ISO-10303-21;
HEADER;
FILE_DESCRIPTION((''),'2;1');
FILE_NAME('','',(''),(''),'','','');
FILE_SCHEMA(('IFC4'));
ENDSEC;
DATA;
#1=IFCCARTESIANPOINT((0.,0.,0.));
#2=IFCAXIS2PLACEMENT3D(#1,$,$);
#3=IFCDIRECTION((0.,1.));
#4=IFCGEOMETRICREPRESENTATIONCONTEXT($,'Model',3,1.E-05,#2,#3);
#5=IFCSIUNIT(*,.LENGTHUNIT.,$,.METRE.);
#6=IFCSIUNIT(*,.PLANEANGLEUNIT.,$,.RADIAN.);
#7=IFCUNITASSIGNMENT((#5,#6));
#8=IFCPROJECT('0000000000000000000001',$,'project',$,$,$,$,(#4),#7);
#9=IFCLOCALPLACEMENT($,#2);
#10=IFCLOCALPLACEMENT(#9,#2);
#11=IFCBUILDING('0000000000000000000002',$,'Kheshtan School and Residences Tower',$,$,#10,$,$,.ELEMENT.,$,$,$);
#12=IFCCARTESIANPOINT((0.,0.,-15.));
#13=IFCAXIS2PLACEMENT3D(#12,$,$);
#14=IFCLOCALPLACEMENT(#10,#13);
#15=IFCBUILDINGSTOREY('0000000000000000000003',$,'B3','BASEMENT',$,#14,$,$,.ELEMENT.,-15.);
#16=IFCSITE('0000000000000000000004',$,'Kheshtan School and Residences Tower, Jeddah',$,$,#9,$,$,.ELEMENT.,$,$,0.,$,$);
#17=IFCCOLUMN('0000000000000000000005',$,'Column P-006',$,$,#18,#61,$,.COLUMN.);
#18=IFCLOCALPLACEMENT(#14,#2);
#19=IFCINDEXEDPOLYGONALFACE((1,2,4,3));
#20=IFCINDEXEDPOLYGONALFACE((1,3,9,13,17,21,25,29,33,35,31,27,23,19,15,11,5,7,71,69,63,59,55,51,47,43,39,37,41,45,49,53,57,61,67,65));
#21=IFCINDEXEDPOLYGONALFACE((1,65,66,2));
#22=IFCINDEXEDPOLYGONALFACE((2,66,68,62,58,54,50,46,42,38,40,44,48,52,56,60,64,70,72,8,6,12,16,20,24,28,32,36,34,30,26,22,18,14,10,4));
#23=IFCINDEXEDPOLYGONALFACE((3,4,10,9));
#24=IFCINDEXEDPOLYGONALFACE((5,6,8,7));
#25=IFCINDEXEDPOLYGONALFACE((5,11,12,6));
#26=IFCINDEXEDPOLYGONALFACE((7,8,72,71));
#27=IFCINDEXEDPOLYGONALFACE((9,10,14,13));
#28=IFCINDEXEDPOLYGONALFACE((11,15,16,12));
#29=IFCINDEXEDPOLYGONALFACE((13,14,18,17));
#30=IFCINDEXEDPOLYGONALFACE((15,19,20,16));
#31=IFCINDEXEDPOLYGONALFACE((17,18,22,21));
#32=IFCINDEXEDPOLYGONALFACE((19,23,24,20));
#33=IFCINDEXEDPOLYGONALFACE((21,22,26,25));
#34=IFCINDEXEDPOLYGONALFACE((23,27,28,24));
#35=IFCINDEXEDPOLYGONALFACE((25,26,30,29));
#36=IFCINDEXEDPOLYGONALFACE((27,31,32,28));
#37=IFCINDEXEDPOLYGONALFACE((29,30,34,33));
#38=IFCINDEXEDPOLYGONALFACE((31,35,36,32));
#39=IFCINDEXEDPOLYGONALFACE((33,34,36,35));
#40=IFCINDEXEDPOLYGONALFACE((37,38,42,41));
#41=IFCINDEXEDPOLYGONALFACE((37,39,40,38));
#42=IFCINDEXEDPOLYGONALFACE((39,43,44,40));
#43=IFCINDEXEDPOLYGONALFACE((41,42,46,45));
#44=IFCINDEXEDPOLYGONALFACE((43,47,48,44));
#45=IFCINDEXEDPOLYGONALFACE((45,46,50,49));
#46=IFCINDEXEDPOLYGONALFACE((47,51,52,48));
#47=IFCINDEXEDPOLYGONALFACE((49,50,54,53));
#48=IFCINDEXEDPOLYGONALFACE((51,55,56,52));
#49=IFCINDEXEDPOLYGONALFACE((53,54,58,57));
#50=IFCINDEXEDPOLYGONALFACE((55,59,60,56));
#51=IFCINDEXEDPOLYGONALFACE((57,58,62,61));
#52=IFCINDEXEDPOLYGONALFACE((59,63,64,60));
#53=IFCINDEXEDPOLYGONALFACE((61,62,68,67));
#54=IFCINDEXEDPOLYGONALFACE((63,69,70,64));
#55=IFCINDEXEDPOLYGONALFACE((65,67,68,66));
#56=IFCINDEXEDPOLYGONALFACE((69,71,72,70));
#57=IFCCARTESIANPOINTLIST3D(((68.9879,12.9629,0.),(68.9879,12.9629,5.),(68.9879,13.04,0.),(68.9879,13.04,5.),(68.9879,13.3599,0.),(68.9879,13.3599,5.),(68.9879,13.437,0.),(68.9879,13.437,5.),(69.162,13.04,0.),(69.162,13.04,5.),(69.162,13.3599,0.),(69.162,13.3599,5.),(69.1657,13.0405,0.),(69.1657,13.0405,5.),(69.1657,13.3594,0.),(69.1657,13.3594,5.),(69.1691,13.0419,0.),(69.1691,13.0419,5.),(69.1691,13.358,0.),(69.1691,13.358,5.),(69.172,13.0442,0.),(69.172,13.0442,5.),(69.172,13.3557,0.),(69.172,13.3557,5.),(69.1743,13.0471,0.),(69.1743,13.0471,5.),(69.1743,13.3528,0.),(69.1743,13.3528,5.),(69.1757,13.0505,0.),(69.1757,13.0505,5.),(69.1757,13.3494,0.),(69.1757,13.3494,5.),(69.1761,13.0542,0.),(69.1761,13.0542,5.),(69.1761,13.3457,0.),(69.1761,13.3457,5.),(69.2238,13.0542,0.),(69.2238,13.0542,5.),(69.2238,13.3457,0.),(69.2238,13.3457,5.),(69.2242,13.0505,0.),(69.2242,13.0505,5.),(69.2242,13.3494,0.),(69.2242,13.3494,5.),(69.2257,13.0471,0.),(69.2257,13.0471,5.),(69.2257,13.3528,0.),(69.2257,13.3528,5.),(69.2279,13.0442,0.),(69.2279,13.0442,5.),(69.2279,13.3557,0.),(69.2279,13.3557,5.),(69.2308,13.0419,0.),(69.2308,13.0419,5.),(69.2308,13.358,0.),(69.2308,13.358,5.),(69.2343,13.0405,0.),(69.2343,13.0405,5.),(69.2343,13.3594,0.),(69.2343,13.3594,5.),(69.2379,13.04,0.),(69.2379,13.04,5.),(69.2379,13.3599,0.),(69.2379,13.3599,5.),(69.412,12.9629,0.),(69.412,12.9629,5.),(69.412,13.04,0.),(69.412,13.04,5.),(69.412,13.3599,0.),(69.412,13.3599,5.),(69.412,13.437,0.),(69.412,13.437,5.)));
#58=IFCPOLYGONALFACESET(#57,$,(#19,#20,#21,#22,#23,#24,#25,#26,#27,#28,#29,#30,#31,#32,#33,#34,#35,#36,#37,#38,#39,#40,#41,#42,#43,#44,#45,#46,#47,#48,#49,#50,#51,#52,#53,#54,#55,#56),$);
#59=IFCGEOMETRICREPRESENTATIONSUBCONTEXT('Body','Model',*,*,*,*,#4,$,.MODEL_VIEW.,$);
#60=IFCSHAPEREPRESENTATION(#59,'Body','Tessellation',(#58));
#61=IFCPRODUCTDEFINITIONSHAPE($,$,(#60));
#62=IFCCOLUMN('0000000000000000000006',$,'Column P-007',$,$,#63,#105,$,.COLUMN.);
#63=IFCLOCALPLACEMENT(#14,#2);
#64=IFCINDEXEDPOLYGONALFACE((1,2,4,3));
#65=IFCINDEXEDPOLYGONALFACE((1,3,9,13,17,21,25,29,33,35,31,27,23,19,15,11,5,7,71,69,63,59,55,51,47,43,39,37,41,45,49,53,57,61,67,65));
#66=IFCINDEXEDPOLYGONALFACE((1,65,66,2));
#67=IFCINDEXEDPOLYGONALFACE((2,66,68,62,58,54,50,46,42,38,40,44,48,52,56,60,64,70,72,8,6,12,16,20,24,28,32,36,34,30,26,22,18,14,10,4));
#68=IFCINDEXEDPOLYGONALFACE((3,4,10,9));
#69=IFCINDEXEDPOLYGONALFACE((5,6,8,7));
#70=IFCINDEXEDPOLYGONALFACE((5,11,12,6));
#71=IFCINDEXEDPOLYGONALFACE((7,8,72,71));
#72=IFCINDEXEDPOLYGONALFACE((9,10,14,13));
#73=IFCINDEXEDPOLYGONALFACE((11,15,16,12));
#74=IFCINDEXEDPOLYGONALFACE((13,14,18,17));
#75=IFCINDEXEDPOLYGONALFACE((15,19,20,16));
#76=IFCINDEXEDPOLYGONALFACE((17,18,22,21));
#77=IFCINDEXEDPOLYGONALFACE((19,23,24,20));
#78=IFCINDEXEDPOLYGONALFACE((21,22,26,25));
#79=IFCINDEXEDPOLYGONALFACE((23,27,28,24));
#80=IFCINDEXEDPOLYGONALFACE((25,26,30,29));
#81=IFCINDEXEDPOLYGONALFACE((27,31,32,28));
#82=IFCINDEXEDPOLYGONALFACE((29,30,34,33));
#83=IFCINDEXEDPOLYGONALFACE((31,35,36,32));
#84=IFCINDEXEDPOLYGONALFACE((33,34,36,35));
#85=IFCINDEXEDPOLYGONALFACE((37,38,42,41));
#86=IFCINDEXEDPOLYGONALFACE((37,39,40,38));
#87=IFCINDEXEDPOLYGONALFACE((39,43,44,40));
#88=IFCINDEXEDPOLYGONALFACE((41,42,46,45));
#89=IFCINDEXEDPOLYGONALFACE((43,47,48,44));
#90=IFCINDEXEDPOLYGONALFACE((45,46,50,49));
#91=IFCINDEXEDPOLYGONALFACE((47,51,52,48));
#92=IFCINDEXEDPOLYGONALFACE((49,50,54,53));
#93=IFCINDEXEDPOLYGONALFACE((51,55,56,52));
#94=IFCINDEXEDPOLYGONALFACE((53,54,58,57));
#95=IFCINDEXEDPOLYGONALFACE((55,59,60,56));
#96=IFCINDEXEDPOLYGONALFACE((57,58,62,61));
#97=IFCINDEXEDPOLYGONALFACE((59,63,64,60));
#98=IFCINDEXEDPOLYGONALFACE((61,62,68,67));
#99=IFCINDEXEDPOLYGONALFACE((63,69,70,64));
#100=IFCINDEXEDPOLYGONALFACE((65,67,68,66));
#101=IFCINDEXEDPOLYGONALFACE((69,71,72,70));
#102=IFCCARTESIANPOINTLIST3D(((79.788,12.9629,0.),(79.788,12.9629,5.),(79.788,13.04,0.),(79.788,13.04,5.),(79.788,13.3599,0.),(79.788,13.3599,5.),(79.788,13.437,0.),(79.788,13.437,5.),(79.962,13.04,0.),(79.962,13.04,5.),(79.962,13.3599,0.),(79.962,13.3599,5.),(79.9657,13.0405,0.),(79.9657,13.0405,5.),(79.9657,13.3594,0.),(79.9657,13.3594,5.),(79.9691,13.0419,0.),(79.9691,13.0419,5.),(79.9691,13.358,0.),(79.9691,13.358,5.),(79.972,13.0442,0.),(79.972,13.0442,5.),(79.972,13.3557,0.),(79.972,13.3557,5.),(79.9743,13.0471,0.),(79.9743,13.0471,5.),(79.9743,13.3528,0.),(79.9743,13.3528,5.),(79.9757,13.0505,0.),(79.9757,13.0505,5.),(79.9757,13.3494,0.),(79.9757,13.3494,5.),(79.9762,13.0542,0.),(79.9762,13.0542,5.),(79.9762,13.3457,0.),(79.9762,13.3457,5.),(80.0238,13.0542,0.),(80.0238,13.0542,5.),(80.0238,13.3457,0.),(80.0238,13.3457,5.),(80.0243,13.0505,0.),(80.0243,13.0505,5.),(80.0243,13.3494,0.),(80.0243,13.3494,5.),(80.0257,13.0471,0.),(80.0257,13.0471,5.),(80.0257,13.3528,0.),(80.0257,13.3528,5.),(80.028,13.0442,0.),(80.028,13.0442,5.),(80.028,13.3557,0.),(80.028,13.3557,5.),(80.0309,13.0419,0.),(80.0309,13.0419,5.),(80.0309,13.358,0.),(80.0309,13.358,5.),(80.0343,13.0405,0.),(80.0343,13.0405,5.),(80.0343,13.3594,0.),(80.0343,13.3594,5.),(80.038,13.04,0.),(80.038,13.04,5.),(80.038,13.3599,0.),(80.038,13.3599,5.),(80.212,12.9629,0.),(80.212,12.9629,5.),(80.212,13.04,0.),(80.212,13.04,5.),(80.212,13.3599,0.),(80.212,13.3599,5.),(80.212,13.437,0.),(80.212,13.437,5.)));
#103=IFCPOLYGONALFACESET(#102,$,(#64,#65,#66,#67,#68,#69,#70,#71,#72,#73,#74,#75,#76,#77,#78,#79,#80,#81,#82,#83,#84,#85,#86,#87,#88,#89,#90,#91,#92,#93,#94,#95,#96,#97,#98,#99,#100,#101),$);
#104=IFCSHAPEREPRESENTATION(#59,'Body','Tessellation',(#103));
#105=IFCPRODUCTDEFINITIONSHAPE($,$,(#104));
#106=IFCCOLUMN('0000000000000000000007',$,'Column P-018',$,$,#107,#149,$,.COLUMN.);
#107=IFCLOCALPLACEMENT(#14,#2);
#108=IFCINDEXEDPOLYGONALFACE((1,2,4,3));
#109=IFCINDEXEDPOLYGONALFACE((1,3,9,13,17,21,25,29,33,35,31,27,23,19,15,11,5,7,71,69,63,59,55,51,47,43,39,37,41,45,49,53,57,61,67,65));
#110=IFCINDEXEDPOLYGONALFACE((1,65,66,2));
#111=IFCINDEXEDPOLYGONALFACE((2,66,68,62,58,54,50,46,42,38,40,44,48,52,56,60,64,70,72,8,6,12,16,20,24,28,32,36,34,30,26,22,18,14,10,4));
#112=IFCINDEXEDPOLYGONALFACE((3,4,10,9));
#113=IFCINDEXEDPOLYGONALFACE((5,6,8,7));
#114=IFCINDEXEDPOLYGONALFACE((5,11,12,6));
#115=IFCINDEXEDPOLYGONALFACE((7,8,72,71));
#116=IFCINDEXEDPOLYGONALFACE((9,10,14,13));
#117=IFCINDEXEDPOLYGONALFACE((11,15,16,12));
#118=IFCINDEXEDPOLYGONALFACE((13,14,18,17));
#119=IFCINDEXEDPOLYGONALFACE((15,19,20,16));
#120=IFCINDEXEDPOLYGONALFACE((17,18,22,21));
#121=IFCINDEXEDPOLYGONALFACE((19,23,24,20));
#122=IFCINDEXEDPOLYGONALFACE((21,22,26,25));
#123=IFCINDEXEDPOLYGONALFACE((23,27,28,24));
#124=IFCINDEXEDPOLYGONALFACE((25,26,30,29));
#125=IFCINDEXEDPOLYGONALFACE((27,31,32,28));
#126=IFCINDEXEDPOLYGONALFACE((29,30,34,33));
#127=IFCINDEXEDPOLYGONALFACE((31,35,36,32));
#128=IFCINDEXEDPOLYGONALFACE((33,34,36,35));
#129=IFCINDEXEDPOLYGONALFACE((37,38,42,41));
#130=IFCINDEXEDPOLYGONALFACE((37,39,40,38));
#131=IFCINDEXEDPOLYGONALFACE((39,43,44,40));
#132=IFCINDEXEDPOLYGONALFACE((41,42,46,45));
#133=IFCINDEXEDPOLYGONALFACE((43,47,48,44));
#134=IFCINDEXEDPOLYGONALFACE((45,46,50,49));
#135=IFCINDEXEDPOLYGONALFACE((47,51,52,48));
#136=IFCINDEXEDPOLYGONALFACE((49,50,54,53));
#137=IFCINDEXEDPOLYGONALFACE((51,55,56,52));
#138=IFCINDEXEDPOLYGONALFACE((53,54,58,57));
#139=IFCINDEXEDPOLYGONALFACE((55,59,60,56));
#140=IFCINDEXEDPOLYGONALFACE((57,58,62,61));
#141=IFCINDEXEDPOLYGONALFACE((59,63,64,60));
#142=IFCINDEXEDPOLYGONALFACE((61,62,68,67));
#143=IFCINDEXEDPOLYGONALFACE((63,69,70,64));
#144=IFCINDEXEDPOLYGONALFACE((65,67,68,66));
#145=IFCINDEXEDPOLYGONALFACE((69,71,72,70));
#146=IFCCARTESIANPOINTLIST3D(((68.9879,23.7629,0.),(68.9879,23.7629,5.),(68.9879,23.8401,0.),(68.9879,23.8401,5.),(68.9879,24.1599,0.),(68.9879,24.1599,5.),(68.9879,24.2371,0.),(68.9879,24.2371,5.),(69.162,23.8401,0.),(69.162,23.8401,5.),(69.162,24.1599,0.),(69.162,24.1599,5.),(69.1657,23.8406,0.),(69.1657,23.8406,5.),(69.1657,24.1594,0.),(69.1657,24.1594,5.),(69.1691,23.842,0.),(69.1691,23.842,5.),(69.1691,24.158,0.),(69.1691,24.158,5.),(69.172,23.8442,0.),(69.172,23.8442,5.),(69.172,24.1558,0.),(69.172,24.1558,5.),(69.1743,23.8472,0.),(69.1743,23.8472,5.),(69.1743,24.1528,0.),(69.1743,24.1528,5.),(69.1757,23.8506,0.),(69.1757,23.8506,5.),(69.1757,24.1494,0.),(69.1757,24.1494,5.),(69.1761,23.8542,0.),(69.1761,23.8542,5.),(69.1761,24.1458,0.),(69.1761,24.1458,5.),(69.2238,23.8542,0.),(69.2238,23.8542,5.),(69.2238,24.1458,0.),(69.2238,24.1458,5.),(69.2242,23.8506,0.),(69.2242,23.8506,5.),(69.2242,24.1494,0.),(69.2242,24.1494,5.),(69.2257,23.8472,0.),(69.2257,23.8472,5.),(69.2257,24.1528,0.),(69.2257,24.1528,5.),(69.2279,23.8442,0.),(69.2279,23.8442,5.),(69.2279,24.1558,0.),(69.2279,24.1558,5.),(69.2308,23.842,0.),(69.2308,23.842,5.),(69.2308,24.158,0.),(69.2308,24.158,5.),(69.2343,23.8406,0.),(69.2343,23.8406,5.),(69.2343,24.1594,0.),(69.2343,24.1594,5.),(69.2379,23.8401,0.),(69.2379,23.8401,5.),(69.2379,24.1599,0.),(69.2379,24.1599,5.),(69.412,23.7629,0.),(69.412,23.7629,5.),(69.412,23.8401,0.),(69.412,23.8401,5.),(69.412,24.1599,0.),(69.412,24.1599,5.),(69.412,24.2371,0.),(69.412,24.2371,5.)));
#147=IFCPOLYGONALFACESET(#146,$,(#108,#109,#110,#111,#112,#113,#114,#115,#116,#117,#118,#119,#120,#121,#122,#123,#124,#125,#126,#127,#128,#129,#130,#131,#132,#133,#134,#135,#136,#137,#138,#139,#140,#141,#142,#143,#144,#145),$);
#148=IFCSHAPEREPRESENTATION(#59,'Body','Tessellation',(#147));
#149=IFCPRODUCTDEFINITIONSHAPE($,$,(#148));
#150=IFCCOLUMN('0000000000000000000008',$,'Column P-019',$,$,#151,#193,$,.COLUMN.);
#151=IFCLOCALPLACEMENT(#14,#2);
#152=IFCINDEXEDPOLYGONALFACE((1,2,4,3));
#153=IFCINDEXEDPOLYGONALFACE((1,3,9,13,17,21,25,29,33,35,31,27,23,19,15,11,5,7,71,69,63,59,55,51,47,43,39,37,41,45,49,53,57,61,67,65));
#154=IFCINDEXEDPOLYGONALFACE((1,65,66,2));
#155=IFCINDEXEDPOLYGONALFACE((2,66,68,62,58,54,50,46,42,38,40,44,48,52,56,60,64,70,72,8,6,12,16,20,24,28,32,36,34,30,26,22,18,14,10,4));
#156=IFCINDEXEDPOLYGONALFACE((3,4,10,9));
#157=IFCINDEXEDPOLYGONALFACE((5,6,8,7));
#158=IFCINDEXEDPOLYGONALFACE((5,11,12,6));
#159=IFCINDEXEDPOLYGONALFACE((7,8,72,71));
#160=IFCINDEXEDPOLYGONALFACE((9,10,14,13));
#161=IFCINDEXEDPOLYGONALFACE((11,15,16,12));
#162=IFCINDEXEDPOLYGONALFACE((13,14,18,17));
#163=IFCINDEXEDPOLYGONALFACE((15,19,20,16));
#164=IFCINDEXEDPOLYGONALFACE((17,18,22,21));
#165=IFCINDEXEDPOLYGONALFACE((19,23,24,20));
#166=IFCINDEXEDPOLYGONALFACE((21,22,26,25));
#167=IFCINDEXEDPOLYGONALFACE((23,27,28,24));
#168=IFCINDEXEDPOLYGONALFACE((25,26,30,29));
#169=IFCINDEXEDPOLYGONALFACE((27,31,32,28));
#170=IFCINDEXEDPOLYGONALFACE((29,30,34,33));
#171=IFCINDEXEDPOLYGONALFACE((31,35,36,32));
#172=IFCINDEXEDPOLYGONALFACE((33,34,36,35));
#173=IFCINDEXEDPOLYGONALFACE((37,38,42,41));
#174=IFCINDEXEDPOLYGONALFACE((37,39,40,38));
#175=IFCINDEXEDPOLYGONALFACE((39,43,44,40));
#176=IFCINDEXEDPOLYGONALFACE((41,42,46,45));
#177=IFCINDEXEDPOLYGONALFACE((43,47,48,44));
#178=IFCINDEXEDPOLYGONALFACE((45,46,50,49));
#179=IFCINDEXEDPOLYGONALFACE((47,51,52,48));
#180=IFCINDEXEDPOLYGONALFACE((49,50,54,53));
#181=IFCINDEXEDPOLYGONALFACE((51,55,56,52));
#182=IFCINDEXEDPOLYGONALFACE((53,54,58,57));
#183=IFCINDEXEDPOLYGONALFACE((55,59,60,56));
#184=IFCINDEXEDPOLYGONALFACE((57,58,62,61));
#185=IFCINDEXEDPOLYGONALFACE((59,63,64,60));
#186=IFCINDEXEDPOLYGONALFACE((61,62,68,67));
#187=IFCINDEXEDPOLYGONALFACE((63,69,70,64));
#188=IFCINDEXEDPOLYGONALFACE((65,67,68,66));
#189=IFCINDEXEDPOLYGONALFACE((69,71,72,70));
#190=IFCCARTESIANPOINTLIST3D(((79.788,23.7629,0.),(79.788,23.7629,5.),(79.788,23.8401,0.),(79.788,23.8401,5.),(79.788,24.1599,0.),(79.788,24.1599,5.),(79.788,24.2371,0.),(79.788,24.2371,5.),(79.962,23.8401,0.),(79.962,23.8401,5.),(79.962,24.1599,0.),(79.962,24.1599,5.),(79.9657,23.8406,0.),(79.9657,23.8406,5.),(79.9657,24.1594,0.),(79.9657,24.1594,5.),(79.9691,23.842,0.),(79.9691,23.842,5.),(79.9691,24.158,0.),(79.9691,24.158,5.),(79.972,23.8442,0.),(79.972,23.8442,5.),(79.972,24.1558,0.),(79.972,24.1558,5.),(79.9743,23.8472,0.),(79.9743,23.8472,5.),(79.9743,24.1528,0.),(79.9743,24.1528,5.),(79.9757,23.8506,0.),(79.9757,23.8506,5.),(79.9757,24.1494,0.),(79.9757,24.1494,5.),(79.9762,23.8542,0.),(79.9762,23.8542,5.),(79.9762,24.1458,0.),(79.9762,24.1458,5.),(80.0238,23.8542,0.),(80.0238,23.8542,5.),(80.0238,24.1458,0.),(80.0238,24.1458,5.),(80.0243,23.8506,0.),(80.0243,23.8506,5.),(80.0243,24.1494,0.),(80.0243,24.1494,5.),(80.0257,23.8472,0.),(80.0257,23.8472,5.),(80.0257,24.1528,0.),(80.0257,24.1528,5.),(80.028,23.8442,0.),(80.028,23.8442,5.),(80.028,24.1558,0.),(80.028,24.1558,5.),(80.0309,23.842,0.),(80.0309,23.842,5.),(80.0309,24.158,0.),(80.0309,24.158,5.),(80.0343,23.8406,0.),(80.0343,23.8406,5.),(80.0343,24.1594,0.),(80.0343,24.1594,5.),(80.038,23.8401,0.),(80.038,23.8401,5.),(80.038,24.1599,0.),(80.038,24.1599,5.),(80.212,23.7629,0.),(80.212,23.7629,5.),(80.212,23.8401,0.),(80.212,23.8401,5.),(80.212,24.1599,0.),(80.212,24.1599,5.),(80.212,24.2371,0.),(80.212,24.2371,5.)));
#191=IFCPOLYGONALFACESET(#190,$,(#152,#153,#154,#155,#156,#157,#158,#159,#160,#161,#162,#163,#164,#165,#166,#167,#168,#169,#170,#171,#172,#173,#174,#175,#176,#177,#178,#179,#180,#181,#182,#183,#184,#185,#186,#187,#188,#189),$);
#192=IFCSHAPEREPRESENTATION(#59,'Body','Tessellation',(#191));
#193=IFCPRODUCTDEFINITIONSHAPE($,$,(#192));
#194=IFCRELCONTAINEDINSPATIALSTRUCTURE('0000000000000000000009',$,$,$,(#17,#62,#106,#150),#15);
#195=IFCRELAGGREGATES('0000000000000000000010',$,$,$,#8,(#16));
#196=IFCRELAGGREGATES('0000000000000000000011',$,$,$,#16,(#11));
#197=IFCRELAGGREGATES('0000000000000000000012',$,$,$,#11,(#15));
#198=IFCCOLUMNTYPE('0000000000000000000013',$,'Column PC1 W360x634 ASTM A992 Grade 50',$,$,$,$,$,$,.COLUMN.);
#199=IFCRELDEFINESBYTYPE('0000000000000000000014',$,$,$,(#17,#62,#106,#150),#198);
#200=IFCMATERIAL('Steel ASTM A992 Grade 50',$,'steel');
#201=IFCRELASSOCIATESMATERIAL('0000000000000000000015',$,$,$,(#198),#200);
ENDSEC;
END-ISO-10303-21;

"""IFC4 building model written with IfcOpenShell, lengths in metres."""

from ifc_helpers import new_model, si_unit, direction, frame, origin, origin_2d, place, context, subcontext, project, spatial, i_section, extrude, material, material_profile, profile_set, type_object, element, save


model = new_model("IFC4")

# Units and contexts
model_context = context("Model", 3, precision=1e-05, world=origin(), true_north=direction((0.0, 1.0)))
body_context = subcontext(model_context, "Body", "Model", "MODEL_VIEW")
ifc_project = project(units=[si_unit("LENGTHUNIT", "METRE"), si_unit("PLANEANGLEUNIT", "RADIAN")], contexts=[model_context])

# Site, building, storey
site_placement = place(None, origin())
site = spatial("IfcSite", under=ifc_project, at=site_placement, Name="Kheshtan School and Residences Tower, Jeddah", CompositionType="ELEMENT", RefElevation=0.0)
building_placement = place(site_placement, origin())
building = spatial("IfcBuilding", under=site, at=building_placement, Name="Kheshtan School and Residences Tower", CompositionType="ELEMENT")
storey_placement = place(building_placement, frame((0.0, 0.0, -15.0)))
storey = spatial("IfcBuildingStorey", under=building, at=storey_placement, Name="B3", Description="BASEMENT", CompositionType="ELEMENT", Elevation=-15.0)

# Columns
ifc_material_1 = material(Name="Steel ASTM A992 Grade 50", Category="steel")
ifc_material_profile_1 = material_profile(ifc_material_1, i_section(OverallWidth=0.4241, OverallDepth=0.4741, WebThickness=0.0476, FlangeThickness=0.0771, FilletRadius=0.0142, at=origin_2d()), Name="W360x634")
ifc_profile_set_1 = profile_set([ifc_material_profile_1], Name="Steel ASTM A992 Grade 50")
column_type = type_object("IfcColumnType", Name="Column PC1 W360x634 ASTM A992 Grade 50", PredefinedType="COLUMN", material=ifc_profile_set_1)
for number, where, z_axis, x_axis, name in (
    (1, (69.2, 13.2, 0.0), (0.0, 0.0, 1.0), (1.0, 0.0, 0.0), "Column P-006"),
    (2, (80.0, 13.2, 0.0), (0.0, 0.0, 1.0), (1.0, 0.0, 0.0), "Column P-007"),
    (3, (69.2, 24.0, 0.0), (0.0, 0.0, 1.0), (1.0, 0.0, 0.0), "Column P-018"),
    (4, (80.0, 24.0, 0.0), (0.0, 0.0, 1.0), (1.0, 0.0, 0.0), "Column P-019"),
):
    element("IfcColumn", number, at=place(storey_placement, frame(where, z_axis=z_axis, x_axis=x_axis)), inside=storey, type_object=column_type, Name=name, PredefinedType="COLUMN", context=body_context, shape_type="SweptSolid", body=[
        extrude(i_section(OverallWidth=0.4241, OverallDepth=0.4741, WebThickness=0.0476, FlangeThickness=0.0771, FilletRadius=0.0142, at=origin_2d()), origin(), (0.0, 0.0, 1.0), 5.0),
    ])

save(model, "model.ifc")
